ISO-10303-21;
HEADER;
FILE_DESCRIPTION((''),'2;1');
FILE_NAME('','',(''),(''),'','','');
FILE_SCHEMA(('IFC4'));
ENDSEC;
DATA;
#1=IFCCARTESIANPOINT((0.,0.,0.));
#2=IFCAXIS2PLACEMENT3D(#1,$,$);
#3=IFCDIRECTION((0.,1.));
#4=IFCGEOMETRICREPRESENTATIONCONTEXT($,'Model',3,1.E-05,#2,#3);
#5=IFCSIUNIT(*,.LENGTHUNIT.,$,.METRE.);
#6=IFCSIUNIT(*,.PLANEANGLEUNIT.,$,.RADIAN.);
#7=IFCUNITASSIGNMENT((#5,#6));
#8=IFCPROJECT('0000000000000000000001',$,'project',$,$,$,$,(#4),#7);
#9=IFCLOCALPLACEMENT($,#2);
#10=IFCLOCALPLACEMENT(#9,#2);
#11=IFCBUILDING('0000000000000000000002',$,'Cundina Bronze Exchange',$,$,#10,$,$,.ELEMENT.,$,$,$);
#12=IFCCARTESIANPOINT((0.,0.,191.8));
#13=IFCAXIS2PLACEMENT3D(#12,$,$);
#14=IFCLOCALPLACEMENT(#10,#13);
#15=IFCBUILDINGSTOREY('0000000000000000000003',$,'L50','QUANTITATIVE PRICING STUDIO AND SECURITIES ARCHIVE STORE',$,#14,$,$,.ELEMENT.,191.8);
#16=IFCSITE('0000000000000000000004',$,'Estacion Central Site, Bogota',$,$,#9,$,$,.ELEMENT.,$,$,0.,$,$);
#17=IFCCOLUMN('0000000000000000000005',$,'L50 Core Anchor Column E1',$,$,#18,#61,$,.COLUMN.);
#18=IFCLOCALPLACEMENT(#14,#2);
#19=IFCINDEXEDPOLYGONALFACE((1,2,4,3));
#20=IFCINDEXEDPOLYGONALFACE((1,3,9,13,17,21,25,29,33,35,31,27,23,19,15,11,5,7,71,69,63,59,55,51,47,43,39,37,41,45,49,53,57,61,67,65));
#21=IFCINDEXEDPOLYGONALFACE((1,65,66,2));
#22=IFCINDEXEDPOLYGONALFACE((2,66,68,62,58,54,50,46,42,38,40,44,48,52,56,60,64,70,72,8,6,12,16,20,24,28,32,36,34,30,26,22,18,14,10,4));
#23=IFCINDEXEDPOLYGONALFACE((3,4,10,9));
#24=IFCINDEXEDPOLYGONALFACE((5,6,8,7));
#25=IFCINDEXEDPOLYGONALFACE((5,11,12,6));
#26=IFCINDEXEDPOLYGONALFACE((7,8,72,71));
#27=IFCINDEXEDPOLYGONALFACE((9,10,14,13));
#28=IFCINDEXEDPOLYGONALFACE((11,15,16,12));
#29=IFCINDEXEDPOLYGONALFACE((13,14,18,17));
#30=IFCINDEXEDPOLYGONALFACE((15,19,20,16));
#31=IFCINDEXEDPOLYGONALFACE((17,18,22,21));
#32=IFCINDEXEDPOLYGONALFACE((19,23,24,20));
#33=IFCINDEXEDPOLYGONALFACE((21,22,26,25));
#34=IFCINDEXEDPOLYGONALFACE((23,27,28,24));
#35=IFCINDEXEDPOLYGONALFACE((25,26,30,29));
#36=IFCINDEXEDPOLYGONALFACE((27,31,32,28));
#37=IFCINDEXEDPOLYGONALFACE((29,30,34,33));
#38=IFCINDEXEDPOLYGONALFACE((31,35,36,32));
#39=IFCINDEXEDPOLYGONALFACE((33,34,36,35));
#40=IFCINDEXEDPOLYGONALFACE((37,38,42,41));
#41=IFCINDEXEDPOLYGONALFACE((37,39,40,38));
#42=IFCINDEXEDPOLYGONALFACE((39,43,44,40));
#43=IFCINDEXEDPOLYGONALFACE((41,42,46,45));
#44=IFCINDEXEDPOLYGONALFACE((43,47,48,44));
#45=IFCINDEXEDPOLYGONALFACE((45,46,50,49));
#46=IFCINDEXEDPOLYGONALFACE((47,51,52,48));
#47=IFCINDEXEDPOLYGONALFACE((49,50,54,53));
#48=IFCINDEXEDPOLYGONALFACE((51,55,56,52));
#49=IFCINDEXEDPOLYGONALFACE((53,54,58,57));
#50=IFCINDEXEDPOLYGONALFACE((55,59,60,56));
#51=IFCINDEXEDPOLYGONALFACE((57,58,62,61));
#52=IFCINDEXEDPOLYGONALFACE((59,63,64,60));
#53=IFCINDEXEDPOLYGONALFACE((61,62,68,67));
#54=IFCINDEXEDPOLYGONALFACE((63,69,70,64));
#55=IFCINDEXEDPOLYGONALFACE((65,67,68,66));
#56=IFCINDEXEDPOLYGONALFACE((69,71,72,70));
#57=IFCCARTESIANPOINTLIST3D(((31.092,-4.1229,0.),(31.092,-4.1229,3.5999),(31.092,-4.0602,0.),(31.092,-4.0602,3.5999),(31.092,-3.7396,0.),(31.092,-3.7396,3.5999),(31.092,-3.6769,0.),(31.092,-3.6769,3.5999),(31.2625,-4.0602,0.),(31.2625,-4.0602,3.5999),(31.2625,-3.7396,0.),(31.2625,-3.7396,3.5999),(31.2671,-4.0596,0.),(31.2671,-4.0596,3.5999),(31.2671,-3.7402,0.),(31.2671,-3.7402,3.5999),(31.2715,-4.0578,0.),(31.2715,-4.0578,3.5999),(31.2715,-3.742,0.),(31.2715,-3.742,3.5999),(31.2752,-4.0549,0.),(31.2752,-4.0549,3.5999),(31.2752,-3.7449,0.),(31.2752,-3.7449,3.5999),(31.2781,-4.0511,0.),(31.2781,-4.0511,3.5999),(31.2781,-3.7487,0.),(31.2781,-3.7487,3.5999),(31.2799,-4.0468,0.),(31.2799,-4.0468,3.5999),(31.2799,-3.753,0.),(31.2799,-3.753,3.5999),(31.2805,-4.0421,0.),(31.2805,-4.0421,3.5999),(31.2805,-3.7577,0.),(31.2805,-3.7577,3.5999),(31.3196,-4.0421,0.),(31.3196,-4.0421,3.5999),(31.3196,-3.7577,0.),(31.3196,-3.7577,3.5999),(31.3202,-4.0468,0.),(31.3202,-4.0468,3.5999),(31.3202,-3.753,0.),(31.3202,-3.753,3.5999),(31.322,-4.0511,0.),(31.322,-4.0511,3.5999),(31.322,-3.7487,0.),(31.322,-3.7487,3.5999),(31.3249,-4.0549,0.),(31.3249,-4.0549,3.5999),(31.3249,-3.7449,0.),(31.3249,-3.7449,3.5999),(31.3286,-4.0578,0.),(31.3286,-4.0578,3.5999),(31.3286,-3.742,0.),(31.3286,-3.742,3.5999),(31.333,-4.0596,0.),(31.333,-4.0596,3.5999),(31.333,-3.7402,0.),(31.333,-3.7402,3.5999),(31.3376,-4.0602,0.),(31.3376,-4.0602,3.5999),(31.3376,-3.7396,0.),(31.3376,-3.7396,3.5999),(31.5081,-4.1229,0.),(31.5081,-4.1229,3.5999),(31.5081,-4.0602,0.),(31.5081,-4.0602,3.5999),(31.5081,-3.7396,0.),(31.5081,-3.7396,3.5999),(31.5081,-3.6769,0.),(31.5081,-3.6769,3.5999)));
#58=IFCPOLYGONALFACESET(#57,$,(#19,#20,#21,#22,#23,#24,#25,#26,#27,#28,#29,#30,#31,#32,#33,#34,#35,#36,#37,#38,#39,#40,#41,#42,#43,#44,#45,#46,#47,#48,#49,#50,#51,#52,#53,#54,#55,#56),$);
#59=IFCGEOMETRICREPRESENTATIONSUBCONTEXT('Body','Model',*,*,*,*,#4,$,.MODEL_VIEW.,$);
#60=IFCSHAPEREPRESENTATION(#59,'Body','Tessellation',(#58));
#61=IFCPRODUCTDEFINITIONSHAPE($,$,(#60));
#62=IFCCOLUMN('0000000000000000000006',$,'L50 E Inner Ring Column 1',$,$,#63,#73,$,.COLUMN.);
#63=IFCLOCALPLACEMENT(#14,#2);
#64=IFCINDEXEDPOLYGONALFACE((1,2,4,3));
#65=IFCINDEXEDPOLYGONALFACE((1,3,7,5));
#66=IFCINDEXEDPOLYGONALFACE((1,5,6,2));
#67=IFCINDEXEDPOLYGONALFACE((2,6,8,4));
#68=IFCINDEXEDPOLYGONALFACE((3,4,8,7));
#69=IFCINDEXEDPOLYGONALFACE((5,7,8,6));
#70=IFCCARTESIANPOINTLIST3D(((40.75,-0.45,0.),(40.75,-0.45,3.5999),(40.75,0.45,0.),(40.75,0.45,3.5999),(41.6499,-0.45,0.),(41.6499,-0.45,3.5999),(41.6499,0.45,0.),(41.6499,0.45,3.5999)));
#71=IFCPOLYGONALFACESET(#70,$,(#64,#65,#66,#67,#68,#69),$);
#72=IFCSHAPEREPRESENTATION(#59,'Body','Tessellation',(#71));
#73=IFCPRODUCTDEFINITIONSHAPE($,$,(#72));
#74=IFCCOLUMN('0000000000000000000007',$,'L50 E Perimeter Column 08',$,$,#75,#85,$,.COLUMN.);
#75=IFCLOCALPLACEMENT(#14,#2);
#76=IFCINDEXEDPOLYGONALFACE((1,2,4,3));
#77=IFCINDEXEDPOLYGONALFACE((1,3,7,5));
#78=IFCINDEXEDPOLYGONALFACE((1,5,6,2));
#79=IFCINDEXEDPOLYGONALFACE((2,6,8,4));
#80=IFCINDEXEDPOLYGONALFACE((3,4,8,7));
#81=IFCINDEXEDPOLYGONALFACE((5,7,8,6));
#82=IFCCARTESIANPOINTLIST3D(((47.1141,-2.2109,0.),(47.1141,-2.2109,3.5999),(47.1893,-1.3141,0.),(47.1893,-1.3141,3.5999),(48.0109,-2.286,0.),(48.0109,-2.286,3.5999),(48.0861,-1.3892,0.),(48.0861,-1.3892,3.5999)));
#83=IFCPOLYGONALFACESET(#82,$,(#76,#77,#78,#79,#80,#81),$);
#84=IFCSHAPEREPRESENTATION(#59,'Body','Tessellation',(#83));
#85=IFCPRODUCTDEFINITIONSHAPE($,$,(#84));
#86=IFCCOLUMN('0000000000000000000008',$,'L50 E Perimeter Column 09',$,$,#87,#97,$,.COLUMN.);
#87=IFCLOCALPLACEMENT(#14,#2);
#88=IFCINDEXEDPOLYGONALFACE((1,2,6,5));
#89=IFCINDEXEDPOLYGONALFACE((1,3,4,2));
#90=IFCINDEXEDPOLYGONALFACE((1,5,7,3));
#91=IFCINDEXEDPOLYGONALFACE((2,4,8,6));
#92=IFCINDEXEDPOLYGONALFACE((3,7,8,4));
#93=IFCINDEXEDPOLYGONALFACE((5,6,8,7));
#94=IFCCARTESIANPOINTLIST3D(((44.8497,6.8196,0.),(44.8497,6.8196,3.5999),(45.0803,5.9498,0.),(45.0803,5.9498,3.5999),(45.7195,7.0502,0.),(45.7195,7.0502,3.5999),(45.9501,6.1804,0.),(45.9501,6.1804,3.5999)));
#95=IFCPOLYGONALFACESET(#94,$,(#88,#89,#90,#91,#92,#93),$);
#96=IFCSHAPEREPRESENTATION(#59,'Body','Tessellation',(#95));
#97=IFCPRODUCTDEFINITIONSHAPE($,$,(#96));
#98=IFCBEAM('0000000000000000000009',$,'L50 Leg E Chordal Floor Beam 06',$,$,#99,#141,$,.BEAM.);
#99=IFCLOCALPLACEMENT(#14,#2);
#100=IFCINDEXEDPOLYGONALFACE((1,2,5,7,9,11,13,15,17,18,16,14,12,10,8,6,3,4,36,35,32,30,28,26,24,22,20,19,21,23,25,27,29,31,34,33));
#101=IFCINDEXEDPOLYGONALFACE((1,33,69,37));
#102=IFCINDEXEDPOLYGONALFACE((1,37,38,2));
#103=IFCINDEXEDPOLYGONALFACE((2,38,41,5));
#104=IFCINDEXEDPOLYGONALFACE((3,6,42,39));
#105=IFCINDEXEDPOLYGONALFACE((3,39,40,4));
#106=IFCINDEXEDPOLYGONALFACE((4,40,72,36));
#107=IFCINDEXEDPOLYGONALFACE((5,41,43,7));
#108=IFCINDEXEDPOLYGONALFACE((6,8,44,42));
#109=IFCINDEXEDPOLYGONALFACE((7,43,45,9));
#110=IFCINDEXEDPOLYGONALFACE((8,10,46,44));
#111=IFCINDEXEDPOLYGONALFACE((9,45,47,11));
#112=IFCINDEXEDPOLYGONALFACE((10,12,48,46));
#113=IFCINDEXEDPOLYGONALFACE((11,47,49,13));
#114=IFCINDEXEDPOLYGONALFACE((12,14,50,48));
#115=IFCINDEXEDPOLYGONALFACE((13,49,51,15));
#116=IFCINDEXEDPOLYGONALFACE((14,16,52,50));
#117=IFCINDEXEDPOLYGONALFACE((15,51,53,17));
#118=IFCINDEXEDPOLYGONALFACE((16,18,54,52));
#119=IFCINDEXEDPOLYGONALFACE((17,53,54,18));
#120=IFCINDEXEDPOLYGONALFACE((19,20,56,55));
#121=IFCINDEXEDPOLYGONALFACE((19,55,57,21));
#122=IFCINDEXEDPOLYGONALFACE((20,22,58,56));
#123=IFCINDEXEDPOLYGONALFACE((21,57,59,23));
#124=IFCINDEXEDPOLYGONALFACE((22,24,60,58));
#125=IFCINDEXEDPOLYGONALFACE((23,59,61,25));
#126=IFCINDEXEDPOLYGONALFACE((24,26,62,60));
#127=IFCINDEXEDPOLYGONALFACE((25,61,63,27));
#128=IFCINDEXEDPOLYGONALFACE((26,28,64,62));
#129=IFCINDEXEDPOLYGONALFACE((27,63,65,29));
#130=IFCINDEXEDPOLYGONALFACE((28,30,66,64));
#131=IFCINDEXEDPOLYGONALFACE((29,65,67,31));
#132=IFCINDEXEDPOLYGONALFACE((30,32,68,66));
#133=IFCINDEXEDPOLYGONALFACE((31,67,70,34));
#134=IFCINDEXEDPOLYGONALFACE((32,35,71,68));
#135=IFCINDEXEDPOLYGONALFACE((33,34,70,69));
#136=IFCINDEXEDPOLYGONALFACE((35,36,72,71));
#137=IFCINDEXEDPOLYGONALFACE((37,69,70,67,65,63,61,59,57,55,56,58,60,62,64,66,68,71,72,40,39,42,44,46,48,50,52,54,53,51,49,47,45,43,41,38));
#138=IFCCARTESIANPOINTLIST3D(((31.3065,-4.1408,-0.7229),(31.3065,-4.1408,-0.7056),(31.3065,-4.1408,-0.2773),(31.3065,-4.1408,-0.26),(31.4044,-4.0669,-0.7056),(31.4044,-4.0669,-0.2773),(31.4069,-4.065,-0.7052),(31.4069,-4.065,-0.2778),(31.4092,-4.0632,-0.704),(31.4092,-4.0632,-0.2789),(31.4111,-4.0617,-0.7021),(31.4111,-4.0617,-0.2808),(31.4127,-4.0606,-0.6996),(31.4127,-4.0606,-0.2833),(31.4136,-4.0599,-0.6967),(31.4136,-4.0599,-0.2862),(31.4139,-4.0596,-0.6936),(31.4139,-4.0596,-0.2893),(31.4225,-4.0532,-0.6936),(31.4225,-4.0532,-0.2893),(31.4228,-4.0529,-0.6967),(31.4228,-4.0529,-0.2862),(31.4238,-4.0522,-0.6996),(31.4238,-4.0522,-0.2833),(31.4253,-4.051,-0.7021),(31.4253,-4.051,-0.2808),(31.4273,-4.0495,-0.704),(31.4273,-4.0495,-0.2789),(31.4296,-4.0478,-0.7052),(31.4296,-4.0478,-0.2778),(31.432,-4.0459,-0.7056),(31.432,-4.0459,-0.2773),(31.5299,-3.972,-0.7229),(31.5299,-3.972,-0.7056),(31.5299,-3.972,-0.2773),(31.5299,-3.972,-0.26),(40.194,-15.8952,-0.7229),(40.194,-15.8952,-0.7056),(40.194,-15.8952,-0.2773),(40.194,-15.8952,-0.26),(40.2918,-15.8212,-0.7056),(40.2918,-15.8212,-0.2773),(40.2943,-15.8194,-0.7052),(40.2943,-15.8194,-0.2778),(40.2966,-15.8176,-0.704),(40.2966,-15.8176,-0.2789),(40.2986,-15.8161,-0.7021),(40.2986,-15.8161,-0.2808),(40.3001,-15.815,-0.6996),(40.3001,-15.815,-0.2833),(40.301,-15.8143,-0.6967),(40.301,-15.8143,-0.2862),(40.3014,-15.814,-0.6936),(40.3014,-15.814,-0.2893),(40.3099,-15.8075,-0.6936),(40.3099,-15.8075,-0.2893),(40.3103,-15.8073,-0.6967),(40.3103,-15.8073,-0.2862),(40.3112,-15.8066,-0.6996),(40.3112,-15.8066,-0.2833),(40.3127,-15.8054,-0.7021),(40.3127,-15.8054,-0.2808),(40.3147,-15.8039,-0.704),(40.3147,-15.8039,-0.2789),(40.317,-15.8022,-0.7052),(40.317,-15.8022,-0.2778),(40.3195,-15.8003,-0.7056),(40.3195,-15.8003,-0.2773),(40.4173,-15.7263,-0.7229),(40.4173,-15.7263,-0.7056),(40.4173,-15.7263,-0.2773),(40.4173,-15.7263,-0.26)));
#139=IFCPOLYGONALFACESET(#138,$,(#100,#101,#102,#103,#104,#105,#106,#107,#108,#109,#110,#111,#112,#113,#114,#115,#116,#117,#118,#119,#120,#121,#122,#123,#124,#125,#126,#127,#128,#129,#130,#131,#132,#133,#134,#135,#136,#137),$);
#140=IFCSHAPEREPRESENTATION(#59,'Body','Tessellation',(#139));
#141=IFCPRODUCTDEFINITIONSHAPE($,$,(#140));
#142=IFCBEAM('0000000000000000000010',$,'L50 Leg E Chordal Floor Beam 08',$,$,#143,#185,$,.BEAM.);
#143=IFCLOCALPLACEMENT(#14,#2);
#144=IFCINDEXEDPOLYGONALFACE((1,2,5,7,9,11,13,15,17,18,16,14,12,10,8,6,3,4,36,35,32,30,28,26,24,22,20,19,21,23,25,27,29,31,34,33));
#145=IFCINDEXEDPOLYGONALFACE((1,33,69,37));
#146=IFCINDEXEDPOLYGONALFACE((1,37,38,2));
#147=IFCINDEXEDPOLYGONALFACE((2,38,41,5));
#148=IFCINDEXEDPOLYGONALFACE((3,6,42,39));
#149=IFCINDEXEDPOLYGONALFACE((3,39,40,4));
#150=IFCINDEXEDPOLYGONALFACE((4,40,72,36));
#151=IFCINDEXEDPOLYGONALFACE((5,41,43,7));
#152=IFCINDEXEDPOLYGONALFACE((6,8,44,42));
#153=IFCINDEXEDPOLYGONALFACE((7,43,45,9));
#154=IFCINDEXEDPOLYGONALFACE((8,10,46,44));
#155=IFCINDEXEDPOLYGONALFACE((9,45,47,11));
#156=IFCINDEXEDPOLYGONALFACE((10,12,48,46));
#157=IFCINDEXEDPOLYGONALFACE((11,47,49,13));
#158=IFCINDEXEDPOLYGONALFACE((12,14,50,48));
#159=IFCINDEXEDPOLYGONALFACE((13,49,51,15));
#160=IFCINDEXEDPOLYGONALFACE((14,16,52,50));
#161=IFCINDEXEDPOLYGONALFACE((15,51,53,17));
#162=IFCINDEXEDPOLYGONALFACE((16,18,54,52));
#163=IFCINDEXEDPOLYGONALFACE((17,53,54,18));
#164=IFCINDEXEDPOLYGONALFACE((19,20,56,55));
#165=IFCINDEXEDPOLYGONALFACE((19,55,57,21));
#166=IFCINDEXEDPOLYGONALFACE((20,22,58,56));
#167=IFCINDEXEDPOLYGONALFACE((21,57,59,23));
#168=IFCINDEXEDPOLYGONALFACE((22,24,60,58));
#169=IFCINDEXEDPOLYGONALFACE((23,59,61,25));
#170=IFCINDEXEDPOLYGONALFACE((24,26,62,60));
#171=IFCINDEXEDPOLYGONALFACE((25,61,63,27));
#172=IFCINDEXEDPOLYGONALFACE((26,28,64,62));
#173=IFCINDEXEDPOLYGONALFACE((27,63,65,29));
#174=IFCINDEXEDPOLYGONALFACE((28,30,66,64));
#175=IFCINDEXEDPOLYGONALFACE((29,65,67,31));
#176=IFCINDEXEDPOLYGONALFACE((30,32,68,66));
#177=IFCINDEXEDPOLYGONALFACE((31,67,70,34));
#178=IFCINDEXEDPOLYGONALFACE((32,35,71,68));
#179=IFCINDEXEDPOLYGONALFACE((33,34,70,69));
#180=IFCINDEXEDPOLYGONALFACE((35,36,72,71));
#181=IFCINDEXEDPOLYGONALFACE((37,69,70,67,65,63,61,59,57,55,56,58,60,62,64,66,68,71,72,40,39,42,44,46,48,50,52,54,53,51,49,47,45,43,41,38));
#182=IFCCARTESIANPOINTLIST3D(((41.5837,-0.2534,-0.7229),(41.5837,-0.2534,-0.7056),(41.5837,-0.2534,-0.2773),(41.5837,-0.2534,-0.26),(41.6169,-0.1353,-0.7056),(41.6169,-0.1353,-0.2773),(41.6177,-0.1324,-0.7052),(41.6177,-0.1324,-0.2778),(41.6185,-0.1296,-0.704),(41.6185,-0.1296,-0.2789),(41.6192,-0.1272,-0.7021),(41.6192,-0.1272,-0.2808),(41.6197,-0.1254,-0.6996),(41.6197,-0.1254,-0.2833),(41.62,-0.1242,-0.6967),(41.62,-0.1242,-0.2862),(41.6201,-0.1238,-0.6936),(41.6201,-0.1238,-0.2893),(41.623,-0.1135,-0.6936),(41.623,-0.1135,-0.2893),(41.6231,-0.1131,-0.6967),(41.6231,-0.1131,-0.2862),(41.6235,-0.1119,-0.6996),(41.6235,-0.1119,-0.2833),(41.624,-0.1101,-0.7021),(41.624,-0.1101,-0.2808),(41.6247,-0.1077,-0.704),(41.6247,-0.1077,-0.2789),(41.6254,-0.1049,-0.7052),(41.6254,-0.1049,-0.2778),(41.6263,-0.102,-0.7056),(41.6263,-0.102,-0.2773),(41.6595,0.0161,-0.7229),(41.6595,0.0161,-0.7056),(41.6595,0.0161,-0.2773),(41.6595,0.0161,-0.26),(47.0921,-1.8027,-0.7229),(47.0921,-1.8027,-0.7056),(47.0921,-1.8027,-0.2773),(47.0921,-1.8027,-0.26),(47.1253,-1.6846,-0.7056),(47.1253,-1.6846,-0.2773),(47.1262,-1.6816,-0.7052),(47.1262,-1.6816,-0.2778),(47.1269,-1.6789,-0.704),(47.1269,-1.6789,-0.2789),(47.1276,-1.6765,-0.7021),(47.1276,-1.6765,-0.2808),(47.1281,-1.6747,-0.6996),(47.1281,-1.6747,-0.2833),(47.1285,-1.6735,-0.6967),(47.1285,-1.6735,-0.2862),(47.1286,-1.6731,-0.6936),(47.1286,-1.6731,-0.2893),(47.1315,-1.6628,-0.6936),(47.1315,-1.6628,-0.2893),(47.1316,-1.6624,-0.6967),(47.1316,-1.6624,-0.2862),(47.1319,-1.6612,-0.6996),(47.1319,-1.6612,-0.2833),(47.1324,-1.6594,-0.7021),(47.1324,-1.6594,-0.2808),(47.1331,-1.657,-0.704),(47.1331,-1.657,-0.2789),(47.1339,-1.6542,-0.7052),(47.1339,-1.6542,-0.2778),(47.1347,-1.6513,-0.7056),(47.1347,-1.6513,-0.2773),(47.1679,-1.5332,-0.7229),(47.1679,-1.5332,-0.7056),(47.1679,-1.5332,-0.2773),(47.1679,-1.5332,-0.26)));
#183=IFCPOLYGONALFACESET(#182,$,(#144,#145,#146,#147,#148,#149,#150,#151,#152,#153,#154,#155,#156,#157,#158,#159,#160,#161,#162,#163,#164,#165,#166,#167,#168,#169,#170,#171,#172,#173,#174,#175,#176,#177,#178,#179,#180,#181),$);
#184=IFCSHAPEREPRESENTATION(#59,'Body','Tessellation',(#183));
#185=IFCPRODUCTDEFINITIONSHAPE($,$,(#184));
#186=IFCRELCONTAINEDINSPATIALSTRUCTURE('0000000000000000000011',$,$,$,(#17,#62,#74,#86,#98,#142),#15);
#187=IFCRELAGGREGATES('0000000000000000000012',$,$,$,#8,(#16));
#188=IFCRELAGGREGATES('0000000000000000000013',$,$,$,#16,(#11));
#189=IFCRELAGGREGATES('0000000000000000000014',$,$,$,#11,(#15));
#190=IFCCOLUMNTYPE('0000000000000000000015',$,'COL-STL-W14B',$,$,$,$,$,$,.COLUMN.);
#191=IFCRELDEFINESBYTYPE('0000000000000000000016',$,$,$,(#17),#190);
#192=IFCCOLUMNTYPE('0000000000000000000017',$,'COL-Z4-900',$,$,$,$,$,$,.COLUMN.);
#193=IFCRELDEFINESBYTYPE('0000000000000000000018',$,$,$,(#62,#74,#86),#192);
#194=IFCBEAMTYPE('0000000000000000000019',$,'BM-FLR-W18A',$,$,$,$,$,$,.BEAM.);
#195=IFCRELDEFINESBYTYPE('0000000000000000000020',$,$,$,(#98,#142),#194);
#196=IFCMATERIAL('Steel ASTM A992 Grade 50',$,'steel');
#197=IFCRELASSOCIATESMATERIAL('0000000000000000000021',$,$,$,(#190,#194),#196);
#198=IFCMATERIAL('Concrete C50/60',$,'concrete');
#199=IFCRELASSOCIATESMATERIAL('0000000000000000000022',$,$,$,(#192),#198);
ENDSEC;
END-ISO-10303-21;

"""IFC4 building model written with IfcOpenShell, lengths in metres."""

from ifc_helpers import new_model, si_unit, direction, frame, origin, origin_2d, place, context, subcontext, project, spatial, rectangle, i_section, extrude, material, material_profile, profile_set, type_object, element, save


model = new_model("IFC4")

# Units and contexts
model_context = context("Model", 3, precision=1e-05, world=origin(), true_north=direction((0.0, 1.0)))
body_context = subcontext(model_context, "Body", "Model", "MODEL_VIEW")
ifc_project = project(units=[si_unit("LENGTHUNIT", "METRE"), si_unit("PLANEANGLEUNIT", "RADIAN")], contexts=[model_context])

# Site, building, storey
site_placement = place(None, origin())
site = spatial("IfcSite", under=ifc_project, at=site_placement, Name="Estacion Central Site, Bogota", CompositionType="ELEMENT", RefElevation=0.0)
building_placement = place(site_placement, origin())
building = spatial("IfcBuilding", under=site, at=building_placement, Name="Cundina Bronze Exchange", CompositionType="ELEMENT")
storey_placement = place(building_placement, frame((0.0, 0.0, 191.8)))
storey = spatial("IfcBuildingStorey", under=building, at=storey_placement, Name="L50", Description="QUANTITATIVE PRICING STUDIO AND SECURITIES ARCHIVE STORE", CompositionType="ELEMENT", Elevation=191.8)

# Columns
ifc_material_1 = material(Name="Steel ASTM A992 Grade 50", Category="steel")
ifc_material_profile_1 = material_profile(ifc_material_1, i_section(OverallWidth=0.416, OverallDepth=0.446, WebThickness=0.0391, FlangeThickness=0.0627, FilletRadius=0.0181, at=origin_2d()), Name="W14X342", Category="steel")
ifc_profile_set_1 = profile_set([ifc_material_profile_1], Name="Steel ASTM A992 Grade 50")
column_type_1 = type_object("IfcColumnType", Name="COL-STL-W14B", PredefinedType="COLUMN", material=ifc_profile_set_1)
column_placement = place(storey_placement, frame((31.3, -3.8999, 0.0), z_axis=(0.0, 0.0, 1.0), x_axis=(1.0, 0.0, 0.0)))
element("IfcColumn", 1, at=column_placement, inside=storey, type_object=column_type_1, Name="L50 Core Anchor Column E1", PredefinedType="COLUMN", context=body_context, shape_type="SweptSolid", body=[
    extrude(i_section(OverallWidth=0.416, OverallDepth=0.446, WebThickness=0.0391, FlangeThickness=0.0627, FilletRadius=0.0181, at=origin_2d()), origin(), (0.0, 0.0, 1.0), 3.5999),
])
ifc_material_2 = material(Name="Concrete C50/60", Category="concrete")
ifc_material_profile_2 = material_profile(ifc_material_2, rectangle(XDim=0.8999, YDim=0.8999, at=origin_2d()), Name="RC900X900", Category="concrete")
ifc_profile_set_2 = profile_set([ifc_material_profile_2], Name="Concrete C50/60")
column_type_2 = type_object("IfcColumnType", Name="COL-Z4-900", PredefinedType="COLUMN", material=ifc_profile_set_2)
for number, where, z_axis, x_axis, name in (
    (2, (41.2, 0.0, 0.0), (0.0, 0.0, 1.0), (1.0, 0.0, 0.0), "L50 E Inner Ring Column 1"),
    (3, (47.6001, -1.8, 0.0), (0.0, 0.0, 1.0), (0.083504, 0.996507, 0.0), "L50 E Perimeter Column 08"),
    (4, (45.3999, 6.5, 0.0), (0.0, 0.0, 1.0), (-0.256289, 0.9666, 0.0), "L50 E Perimeter Column 09"),
):
    element("IfcColumn", number, at=place(storey_placement, frame(where, z_axis=z_axis, x_axis=x_axis)), inside=storey, type_object=column_type_2, Name=name, PredefinedType="COLUMN", context=body_context, shape_type="SweptSolid", body=[
        extrude(rectangle(XDim=0.8999, YDim=0.8999, at=origin_2d()), origin(), (0.0, 0.0, 1.0), 3.5999),
    ])

# Beams
ifc_material_profile_3 = material_profile(ifc_material_1, i_section(OverallWidth=0.28, OverallDepth=0.4629, WebThickness=0.0107, FlangeThickness=0.0173, FilletRadius=0.012, at=origin_2d()), Name="W18X76", Category="steel")
ifc_profile_set_3 = profile_set([ifc_material_profile_3], Name="Steel ASTM A992 Grade 50")
beam_type_1 = type_object("IfcBeamType", Name="BM-FLR-W18A", PredefinedType="BEAM", material=ifc_profile_set_3)
beam_1_placement = place(storey_placement, frame((31.4182, -4.0564, -0.4915), z_axis=(0.603108, -0.79766, 0.0), x_axis=(0.79766, 0.603108, 0.0)))
element("IfcBeam", 5, at=beam_1_placement, inside=storey, type_object=beam_type_1, Name="L50 Leg E Chordal Floor Beam 06", PredefinedType="BEAM", context=body_context, shape_type="SweptSolid", body=[
    extrude(i_section(OverallWidth=0.28, OverallDepth=0.4629, WebThickness=0.0107, FlangeThickness=0.0173, FilletRadius=0.012, at=origin_2d()), origin(), (0.0, 0.0, 1.0), 14.7361),
])
beam_2_placement = place(storey_placement, frame((41.6216, -0.1187, -0.4915), z_axis=(0.962649, -0.270752, 0.0), x_axis=(0.270752, 0.962649, 0.0)))
element("IfcBeam", 6, at=beam_2_placement, inside=storey, type_object=beam_type_1, Name="L50 Leg E Chordal Floor Beam 08", PredefinedType="BEAM", context=body_context, shape_type="SweptSolid", body=[
    extrude(i_section(OverallWidth=0.28, OverallDepth=0.4629, WebThickness=0.0107, FlangeThickness=0.0173, FilletRadius=0.012, at=origin_2d()), origin(), (0.0, 0.0, 1.0), 5.7222),
])

save(model, "model.ifc")
